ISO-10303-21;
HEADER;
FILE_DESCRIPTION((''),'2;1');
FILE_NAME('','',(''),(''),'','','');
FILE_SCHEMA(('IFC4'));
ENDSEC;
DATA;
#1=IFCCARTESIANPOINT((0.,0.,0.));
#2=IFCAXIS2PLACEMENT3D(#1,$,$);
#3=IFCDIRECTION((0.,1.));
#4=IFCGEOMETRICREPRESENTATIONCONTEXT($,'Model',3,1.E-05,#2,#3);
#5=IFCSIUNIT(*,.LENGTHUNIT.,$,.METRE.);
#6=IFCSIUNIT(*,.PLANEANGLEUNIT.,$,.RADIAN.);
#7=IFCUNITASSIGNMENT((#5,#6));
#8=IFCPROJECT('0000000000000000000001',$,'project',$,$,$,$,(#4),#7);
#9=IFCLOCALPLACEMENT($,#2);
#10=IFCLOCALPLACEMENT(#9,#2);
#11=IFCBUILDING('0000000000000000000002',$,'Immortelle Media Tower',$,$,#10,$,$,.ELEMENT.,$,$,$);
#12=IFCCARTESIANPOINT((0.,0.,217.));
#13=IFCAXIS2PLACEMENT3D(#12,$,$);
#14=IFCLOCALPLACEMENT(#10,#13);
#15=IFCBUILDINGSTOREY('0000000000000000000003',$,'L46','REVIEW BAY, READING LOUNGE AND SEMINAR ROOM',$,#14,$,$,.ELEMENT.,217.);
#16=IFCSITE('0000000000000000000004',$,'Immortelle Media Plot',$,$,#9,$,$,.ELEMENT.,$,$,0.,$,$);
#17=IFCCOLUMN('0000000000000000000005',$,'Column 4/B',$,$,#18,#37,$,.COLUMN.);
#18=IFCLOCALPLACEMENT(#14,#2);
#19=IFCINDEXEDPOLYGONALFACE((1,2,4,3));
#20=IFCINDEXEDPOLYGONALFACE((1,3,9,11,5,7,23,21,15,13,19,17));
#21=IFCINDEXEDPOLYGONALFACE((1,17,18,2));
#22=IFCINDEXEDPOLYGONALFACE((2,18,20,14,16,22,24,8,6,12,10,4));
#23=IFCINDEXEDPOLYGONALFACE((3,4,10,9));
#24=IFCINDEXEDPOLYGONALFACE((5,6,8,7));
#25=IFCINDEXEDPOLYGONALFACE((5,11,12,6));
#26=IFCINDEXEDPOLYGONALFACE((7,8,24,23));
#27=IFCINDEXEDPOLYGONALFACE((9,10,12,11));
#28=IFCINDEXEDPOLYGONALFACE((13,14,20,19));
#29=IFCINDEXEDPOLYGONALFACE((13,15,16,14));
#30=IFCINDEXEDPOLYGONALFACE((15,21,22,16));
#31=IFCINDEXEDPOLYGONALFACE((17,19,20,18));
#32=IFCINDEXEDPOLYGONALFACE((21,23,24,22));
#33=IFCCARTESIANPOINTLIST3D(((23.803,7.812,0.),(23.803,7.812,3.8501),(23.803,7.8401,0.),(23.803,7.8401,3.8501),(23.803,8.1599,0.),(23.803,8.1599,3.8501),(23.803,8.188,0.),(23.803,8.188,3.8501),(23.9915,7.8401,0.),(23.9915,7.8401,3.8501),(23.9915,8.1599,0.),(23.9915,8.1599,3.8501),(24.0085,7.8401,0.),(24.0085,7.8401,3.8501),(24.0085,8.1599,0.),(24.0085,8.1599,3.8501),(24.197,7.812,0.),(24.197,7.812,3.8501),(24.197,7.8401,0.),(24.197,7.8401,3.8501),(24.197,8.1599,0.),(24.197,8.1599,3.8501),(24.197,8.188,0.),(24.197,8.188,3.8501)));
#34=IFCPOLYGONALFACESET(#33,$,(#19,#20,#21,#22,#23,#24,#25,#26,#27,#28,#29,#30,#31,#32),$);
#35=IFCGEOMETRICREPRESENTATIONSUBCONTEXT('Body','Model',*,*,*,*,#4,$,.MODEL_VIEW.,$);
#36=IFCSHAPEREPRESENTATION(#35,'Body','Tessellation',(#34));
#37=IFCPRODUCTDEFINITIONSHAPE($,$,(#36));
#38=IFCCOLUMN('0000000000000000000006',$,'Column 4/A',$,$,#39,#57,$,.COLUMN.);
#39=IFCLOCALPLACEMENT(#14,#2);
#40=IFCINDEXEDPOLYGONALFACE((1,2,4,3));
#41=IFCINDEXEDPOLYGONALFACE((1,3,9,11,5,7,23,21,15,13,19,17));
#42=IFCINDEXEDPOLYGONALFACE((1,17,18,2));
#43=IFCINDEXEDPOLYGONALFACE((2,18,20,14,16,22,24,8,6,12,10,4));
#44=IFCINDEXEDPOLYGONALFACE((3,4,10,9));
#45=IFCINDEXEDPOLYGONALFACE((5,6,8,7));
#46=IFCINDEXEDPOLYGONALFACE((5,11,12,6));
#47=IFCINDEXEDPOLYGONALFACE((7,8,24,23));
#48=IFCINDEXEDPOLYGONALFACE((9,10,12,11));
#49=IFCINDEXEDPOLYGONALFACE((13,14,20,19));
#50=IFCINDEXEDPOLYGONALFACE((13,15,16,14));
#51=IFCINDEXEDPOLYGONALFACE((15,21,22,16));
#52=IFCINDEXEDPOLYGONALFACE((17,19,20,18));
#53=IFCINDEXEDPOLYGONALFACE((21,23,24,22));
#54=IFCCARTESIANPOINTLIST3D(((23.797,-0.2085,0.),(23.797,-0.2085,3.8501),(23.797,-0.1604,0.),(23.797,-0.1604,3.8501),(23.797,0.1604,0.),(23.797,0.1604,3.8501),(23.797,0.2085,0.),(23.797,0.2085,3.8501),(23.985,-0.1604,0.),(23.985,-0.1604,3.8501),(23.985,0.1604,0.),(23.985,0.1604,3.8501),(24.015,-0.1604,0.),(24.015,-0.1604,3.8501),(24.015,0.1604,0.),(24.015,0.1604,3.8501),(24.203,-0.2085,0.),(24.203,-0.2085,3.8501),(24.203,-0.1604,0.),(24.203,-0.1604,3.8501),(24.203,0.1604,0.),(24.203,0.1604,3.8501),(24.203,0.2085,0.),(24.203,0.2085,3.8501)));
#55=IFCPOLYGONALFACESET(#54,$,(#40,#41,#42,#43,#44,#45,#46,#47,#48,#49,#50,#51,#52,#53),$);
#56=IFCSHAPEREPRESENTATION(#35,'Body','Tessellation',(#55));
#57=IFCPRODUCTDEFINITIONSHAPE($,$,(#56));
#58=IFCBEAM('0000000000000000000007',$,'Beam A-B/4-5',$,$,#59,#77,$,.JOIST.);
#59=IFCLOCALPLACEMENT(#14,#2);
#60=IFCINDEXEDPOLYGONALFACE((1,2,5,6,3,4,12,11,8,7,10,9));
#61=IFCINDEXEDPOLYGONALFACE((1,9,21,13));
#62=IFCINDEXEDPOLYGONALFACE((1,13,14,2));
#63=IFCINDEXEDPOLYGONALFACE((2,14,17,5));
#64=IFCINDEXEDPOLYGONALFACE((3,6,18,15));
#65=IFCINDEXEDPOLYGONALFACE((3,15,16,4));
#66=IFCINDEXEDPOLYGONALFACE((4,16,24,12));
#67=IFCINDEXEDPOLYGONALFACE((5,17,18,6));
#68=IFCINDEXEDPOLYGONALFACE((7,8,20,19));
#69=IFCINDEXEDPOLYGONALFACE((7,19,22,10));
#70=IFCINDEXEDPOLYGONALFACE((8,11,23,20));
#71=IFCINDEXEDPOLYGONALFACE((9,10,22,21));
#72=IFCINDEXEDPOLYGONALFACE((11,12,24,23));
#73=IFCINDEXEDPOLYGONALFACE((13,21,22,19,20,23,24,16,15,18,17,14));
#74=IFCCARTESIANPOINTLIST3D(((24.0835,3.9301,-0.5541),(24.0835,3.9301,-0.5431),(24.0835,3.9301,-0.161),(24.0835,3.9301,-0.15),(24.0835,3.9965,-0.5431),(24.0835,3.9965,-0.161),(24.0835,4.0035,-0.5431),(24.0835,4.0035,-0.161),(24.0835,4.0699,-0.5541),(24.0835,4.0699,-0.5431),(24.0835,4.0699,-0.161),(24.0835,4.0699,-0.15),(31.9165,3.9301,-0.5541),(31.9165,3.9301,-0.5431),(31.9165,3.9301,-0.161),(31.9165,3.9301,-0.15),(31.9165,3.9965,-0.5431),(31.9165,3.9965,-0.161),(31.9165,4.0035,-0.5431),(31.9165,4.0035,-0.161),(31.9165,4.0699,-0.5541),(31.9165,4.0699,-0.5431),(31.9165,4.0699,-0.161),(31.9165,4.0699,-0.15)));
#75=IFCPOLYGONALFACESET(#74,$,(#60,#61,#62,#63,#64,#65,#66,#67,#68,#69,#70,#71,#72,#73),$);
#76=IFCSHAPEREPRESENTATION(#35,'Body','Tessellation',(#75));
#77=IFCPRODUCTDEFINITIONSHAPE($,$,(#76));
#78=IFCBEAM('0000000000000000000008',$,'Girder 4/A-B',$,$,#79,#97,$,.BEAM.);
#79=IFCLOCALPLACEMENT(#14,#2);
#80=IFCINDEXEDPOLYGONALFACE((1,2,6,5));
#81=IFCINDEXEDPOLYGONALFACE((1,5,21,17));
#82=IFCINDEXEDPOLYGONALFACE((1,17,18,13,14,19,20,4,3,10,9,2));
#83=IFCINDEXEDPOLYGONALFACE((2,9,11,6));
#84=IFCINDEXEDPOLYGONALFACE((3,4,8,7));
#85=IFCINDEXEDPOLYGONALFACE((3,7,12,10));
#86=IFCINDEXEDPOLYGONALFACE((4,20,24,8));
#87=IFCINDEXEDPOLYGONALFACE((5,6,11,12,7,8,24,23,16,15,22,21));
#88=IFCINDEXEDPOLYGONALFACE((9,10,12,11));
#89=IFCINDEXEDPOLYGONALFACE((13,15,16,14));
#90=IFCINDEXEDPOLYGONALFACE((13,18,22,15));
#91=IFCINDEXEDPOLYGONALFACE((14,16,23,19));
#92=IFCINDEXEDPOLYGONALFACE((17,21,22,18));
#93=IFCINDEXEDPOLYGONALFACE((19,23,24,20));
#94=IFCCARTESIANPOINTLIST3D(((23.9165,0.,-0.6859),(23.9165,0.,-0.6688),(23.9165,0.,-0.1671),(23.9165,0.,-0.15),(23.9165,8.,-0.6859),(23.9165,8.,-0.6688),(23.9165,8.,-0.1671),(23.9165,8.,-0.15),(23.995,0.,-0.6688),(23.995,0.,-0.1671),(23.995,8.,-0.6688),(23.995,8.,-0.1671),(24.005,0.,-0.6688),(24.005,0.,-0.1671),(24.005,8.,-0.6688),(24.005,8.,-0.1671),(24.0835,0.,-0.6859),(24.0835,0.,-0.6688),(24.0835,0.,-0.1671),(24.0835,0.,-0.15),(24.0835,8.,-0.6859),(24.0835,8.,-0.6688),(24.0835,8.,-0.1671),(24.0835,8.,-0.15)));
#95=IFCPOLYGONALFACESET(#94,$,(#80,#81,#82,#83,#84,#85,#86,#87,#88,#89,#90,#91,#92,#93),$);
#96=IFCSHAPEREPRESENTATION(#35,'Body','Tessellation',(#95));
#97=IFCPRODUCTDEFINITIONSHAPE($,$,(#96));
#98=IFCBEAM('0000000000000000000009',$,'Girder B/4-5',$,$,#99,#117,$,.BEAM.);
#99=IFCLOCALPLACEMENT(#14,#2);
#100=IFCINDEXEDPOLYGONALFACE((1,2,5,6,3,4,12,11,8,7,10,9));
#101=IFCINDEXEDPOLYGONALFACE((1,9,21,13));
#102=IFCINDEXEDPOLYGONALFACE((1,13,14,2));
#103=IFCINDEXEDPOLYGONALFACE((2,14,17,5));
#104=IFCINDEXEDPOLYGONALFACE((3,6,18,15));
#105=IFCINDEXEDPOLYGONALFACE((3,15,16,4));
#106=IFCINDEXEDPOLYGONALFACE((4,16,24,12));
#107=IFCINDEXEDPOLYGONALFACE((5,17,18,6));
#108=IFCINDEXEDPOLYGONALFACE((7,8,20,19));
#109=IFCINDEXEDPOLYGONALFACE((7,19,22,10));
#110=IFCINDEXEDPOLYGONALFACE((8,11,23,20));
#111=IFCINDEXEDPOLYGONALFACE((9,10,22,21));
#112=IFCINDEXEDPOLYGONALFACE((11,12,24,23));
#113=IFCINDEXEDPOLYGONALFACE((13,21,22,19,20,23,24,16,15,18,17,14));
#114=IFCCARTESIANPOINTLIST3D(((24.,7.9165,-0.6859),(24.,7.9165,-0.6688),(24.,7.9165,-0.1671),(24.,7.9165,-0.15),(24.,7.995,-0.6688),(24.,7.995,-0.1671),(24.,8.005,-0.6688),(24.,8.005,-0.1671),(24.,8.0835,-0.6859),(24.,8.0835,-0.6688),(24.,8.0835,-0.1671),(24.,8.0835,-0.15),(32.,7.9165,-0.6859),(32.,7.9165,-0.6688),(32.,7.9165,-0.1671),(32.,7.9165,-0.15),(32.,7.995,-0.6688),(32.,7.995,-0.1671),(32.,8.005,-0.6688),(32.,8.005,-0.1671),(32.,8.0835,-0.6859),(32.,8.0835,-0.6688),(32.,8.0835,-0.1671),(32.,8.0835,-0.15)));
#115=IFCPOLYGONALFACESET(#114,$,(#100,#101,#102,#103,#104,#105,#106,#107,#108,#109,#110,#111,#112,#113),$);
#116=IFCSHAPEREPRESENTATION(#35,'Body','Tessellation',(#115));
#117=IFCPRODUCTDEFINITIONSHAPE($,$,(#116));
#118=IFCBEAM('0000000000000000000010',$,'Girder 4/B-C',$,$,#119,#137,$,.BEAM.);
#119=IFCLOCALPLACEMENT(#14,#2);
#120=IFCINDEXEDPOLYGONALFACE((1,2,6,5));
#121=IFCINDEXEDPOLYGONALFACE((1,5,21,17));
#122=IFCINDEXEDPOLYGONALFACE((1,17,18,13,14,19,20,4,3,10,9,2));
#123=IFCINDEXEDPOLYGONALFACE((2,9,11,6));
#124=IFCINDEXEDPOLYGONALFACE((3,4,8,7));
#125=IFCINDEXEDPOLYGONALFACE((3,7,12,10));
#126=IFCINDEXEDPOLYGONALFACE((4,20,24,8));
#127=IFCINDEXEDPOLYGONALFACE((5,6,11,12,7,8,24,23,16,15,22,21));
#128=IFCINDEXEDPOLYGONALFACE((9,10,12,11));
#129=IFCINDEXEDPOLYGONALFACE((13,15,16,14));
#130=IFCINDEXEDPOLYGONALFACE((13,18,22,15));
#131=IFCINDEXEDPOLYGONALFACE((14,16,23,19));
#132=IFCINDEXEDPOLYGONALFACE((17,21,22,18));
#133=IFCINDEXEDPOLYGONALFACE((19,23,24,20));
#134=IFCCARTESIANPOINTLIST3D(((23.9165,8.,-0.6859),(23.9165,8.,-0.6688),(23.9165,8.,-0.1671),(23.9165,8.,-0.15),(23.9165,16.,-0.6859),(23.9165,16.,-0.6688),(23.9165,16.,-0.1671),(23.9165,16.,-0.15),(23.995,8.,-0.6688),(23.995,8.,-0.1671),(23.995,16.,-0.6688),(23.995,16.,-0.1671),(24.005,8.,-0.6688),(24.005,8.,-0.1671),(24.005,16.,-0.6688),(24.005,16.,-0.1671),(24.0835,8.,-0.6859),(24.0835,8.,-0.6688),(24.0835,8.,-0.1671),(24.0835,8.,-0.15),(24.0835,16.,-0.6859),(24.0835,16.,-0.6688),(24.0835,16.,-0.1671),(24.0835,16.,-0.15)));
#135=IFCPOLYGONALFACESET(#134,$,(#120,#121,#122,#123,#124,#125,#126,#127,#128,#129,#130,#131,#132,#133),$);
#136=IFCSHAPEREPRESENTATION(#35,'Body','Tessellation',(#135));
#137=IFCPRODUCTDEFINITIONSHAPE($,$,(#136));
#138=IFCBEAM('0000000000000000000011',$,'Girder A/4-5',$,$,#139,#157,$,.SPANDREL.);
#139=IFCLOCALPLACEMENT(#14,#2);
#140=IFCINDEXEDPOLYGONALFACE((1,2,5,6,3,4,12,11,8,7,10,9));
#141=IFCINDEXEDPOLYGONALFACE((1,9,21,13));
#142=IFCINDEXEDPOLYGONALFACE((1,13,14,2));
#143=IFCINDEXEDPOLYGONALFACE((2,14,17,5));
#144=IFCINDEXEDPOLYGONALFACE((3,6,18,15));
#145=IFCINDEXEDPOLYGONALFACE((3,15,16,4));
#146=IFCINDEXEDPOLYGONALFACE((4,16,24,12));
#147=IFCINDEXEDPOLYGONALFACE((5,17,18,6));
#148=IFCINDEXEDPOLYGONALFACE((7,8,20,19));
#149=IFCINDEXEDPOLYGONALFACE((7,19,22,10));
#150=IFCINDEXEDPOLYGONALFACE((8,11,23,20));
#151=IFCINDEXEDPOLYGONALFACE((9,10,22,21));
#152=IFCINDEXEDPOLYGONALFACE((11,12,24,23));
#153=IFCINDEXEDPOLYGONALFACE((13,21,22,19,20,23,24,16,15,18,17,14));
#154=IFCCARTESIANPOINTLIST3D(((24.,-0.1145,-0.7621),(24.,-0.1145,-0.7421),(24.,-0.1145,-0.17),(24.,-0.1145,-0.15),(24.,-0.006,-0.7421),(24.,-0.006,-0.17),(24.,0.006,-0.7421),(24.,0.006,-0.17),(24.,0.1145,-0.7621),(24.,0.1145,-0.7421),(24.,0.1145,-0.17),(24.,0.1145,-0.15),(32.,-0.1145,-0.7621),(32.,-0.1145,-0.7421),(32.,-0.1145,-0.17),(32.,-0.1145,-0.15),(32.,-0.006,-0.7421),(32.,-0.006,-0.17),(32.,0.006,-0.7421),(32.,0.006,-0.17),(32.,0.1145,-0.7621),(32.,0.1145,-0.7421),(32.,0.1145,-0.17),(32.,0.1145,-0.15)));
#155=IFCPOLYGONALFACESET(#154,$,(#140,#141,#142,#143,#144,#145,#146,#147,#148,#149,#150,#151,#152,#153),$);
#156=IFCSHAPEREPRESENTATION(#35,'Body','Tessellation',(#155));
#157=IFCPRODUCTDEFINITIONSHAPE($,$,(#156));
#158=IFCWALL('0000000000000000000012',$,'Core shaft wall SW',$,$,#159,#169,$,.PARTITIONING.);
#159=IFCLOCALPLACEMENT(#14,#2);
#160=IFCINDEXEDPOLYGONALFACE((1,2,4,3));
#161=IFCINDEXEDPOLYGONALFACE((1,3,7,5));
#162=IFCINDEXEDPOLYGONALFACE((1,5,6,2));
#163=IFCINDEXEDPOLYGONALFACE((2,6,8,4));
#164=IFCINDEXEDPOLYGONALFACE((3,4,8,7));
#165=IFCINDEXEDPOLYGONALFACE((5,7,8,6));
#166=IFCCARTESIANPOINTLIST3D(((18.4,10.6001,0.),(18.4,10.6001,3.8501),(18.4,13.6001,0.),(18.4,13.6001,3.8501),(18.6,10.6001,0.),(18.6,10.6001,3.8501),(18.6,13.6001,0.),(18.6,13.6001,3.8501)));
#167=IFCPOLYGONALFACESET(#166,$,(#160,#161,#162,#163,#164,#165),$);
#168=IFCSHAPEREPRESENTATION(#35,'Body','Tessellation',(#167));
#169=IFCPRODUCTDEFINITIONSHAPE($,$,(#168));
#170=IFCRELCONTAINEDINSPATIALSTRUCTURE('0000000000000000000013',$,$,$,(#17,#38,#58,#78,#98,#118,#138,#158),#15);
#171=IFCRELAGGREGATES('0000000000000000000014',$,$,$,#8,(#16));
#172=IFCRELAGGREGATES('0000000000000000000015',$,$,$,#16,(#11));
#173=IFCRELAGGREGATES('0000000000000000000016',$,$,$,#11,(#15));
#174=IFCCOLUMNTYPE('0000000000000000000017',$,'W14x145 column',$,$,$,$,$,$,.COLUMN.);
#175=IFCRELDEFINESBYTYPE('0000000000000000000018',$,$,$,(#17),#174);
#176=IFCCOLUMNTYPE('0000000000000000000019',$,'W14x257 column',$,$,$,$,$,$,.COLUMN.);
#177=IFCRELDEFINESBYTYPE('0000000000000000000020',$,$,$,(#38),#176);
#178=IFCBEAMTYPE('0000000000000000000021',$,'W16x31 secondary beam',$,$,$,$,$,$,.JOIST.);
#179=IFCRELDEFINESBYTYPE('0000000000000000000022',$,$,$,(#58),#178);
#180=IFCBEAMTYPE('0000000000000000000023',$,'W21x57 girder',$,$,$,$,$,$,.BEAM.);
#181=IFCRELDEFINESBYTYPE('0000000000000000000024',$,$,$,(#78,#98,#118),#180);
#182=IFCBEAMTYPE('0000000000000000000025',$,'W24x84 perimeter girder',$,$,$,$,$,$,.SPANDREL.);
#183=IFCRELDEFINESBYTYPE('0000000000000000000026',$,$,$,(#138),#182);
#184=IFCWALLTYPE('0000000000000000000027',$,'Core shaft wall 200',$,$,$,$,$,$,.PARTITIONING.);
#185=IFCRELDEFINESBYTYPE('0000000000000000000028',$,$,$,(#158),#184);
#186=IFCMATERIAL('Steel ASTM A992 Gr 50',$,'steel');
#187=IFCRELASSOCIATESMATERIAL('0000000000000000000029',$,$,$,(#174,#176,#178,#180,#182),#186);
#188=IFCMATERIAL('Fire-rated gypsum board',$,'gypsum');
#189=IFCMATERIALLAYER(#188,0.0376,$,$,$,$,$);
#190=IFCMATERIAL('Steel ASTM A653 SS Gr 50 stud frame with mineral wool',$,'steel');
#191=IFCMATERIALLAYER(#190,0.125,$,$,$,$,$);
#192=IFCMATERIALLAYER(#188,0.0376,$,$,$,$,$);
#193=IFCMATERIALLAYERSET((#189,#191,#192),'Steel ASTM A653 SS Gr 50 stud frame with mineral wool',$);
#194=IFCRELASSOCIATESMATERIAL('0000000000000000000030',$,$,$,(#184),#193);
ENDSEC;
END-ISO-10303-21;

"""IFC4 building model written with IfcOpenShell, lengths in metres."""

from ifc_helpers import new_model, si_unit, direction, frame, frame_2d, origin, origin_2d, place, context, subcontext, project, spatial, rectangle, i_section, extrude, material, layer, layer_set, material_profile, profile_set, type_object, element, save


model = new_model("IFC4")

# Units and contexts
model_context = context("Model", 3, precision=1e-05, world=origin(), true_north=direction((0.0, 1.0)))
body_context = subcontext(model_context, "Body", "Model", "MODEL_VIEW")
ifc_project = project(units=[si_unit("LENGTHUNIT", "METRE"), si_unit("PLANEANGLEUNIT", "RADIAN")], contexts=[model_context])

# Site, building, storey
site_placement = place(None, origin())
site = spatial("IfcSite", under=ifc_project, at=site_placement, Name="Immortelle Media Plot", CompositionType="ELEMENT", RefElevation=0.0)
building_placement = place(site_placement, origin())
building = spatial("IfcBuilding", under=site, at=building_placement, Name="Immortelle Media Tower", CompositionType="ELEMENT")
storey_placement = place(building_placement, frame((0.0, 0.0, 217.0)))
storey = spatial("IfcBuildingStorey", under=building, at=storey_placement, Name="L46", Description="REVIEW BAY, READING LOUNGE AND SEMINAR ROOM", CompositionType="ELEMENT", Elevation=217.0)

# Columns
ifc_material_1 = material(Name="Steel ASTM A992 Gr 50", Category="steel")
ifc_material_profile_1 = material_profile(ifc_material_1, i_section(OverallWidth=0.394, OverallDepth=0.376, WebThickness=0.0171, FlangeThickness=0.0281, at=origin_2d()), Name="W14x145")
ifc_profile_set_1 = profile_set([ifc_material_profile_1], Name="Steel ASTM A992 Gr 50")
column_type_1 = type_object("IfcColumnType", Name="W14x145 column", PredefinedType="COLUMN", material=ifc_profile_set_1)
column_1_placement = place(storey_placement, frame((24.0, 8.0, 0.0), z_axis=(0.0, 0.0, 1.0), x_axis=(1.0, 0.0, 0.0)))
element("IfcColumn", 1, at=column_1_placement, inside=storey, type_object=column_type_1, Name="Column 4/B", PredefinedType="COLUMN", context=body_context, shape_type="SweptSolid", body=[
    extrude(i_section(OverallWidth=0.394, OverallDepth=0.376, WebThickness=0.0171, FlangeThickness=0.0281, at=origin_2d()), origin(), (0.0, 0.0, 1.0), 3.8501),
])
ifc_material_profile_2 = material_profile(ifc_material_1, i_section(OverallWidth=0.406, OverallDepth=0.417, WebThickness=0.03, FlangeThickness=0.0481, at=origin_2d()), Name="W14x257")
ifc_profile_set_2 = profile_set([ifc_material_profile_2], Name="Steel ASTM A992 Gr 50")
column_type_2 = type_object("IfcColumnType", Name="W14x257 column", PredefinedType="COLUMN", material=ifc_profile_set_2)
column_2_placement = place(storey_placement, frame((24.0, 0.0, 0.0), z_axis=(0.0, 0.0, 1.0), x_axis=(1.0, 0.0, 0.0)))
element("IfcColumn", 2, at=column_2_placement, inside=storey, type_object=column_type_2, Name="Column 4/A", PredefinedType="COLUMN", context=body_context, shape_type="SweptSolid", body=[
    extrude(i_section(OverallWidth=0.406, OverallDepth=0.417, WebThickness=0.03, FlangeThickness=0.0481, at=origin_2d()), origin(), (0.0, 0.0, 1.0), 3.8501),
])

# Beams
ifc_material_profile_3 = material_profile(ifc_material_1, i_section(OverallWidth=0.1399, OverallDepth=0.4041, WebThickness=0.0071, FlangeThickness=0.011, at=origin_2d()), Name="W16x31")
ifc_profile_set_3 = profile_set([ifc_material_profile_3], Name="Steel ASTM A992 Gr 50")
beam_type_1 = type_object("IfcBeamType", Name="W16x31 secondary beam", PredefinedType="JOIST", material=ifc_profile_set_3)
beam_1_placement = place(storey_placement, frame((24.0835, 4.0, -0.3521), z_axis=(1.0, 0.0, 0.0), x_axis=(0.0, 1.0, 0.0)))
element("IfcBeam", 3, at=beam_1_placement, inside=storey, type_object=beam_type_1, Name="Beam A-B/4-5", PredefinedType="JOIST", context=body_context, shape_type="SweptSolid", body=[
    extrude(i_section(OverallWidth=0.1399, OverallDepth=0.4041, WebThickness=0.0071, FlangeThickness=0.011, at=origin_2d()), origin(), (0.0, 0.0, 1.0), 7.833),
])
ifc_material_profile_4 = material_profile(ifc_material_1, i_section(OverallWidth=0.167, OverallDepth=0.5359, WebThickness=0.01, FlangeThickness=0.0171, at=origin_2d()), Name="W21x57")
ifc_profile_set_4 = profile_set([ifc_material_profile_4], Name="Steel ASTM A992 Gr 50")
beam_type_2 = type_object("IfcBeamType", Name="W21x57 girder", PredefinedType="BEAM", material=ifc_profile_set_4)
for number, where, z_axis, x_axis, name in (
    (4, (24.0, 0.0, -0.418), (0.0, 1.0, 0.0), (-1.0, 0.0, 0.0), "Girder 4/A-B"),
    (5, (24.0, 8.0, -0.418), (1.0, 0.0, 0.0), (0.0, 1.0, 0.0), "Girder B/4-5"),
    (6, (24.0, 8.0, -0.418), (0.0, 1.0, 0.0), (-1.0, 0.0, 0.0), "Girder 4/B-C"),
):
    element("IfcBeam", number, at=place(storey_placement, frame(where, z_axis=z_axis, x_axis=x_axis)), inside=storey, type_object=beam_type_2, Name=name, PredefinedType="BEAM", context=body_context, shape_type="SweptSolid", body=[
        extrude(i_section(OverallWidth=0.167, OverallDepth=0.5359, WebThickness=0.01, FlangeThickness=0.0171, at=origin_2d()), origin(), (0.0, 0.0, 1.0), 8.0),
    ])
ifc_material_profile_5 = material_profile(ifc_material_1, i_section(OverallWidth=0.229, OverallDepth=0.6121, WebThickness=0.012, FlangeThickness=0.02, at=origin_2d()), Name="W24x84")
ifc_profile_set_5 = profile_set([ifc_material_profile_5], Name="Steel ASTM A992 Gr 50")
beam_type_3 = type_object("IfcBeamType", Name="W24x84 perimeter girder", PredefinedType="SPANDREL", material=ifc_profile_set_5)
beam_2_placement = place(storey_placement, frame((24.0, 0.0, -0.4561), z_axis=(1.0, 0.0, 0.0), x_axis=(0.0, 1.0, 0.0)))
element("IfcBeam", 7, at=beam_2_placement, inside=storey, type_object=beam_type_3, Name="Girder A/4-5", PredefinedType="SPANDREL", context=body_context, shape_type="SweptSolid", body=[
    extrude(i_section(OverallWidth=0.229, OverallDepth=0.6121, WebThickness=0.012, FlangeThickness=0.02, at=origin_2d()), origin(), (0.0, 0.0, 1.0), 8.0),
])

# Wall
ifc_material_2 = material(Name="Fire-rated gypsum board", Category="gypsum")
ifc_layer_1 = layer(ifc_material_2, 0.0376)
ifc_material_3 = material(Name="Steel ASTM A653 SS Gr 50 stud frame with mineral wool", Category="steel")
ifc_layer_2 = layer(ifc_material_3, 0.125)
ifc_layer_3 = layer(ifc_material_2, 0.0376)
ifc_layer_set_1 = layer_set([ifc_layer_1, ifc_layer_2, ifc_layer_3], Name="Steel ASTM A653 SS Gr 50 stud frame with mineral wool")
wall_type_1 = type_object("IfcWallType", Name="Core shaft wall 200", PredefinedType="PARTITIONING", material=ifc_layer_set_1)
wall_1_placement = place(storey_placement, frame((18.5, 10.6001, 0.0), z_axis=(0.0, 0.0, 1.0), x_axis=(0.0, 1.0, 0.0)))
element("IfcWall", 8, at=wall_1_placement, inside=storey, type_object=wall_type_1, Name="Core shaft wall SW", PredefinedType="PARTITIONING", context=body_context, shape_type="SweptSolid", body=[
    extrude(rectangle(XDim=3.0, YDim=0.2, at=frame_2d((1.5, 0.0))), origin(), (0.0, 0.0, 1.0), 3.8501),
])

save(model, "model.ifc")
